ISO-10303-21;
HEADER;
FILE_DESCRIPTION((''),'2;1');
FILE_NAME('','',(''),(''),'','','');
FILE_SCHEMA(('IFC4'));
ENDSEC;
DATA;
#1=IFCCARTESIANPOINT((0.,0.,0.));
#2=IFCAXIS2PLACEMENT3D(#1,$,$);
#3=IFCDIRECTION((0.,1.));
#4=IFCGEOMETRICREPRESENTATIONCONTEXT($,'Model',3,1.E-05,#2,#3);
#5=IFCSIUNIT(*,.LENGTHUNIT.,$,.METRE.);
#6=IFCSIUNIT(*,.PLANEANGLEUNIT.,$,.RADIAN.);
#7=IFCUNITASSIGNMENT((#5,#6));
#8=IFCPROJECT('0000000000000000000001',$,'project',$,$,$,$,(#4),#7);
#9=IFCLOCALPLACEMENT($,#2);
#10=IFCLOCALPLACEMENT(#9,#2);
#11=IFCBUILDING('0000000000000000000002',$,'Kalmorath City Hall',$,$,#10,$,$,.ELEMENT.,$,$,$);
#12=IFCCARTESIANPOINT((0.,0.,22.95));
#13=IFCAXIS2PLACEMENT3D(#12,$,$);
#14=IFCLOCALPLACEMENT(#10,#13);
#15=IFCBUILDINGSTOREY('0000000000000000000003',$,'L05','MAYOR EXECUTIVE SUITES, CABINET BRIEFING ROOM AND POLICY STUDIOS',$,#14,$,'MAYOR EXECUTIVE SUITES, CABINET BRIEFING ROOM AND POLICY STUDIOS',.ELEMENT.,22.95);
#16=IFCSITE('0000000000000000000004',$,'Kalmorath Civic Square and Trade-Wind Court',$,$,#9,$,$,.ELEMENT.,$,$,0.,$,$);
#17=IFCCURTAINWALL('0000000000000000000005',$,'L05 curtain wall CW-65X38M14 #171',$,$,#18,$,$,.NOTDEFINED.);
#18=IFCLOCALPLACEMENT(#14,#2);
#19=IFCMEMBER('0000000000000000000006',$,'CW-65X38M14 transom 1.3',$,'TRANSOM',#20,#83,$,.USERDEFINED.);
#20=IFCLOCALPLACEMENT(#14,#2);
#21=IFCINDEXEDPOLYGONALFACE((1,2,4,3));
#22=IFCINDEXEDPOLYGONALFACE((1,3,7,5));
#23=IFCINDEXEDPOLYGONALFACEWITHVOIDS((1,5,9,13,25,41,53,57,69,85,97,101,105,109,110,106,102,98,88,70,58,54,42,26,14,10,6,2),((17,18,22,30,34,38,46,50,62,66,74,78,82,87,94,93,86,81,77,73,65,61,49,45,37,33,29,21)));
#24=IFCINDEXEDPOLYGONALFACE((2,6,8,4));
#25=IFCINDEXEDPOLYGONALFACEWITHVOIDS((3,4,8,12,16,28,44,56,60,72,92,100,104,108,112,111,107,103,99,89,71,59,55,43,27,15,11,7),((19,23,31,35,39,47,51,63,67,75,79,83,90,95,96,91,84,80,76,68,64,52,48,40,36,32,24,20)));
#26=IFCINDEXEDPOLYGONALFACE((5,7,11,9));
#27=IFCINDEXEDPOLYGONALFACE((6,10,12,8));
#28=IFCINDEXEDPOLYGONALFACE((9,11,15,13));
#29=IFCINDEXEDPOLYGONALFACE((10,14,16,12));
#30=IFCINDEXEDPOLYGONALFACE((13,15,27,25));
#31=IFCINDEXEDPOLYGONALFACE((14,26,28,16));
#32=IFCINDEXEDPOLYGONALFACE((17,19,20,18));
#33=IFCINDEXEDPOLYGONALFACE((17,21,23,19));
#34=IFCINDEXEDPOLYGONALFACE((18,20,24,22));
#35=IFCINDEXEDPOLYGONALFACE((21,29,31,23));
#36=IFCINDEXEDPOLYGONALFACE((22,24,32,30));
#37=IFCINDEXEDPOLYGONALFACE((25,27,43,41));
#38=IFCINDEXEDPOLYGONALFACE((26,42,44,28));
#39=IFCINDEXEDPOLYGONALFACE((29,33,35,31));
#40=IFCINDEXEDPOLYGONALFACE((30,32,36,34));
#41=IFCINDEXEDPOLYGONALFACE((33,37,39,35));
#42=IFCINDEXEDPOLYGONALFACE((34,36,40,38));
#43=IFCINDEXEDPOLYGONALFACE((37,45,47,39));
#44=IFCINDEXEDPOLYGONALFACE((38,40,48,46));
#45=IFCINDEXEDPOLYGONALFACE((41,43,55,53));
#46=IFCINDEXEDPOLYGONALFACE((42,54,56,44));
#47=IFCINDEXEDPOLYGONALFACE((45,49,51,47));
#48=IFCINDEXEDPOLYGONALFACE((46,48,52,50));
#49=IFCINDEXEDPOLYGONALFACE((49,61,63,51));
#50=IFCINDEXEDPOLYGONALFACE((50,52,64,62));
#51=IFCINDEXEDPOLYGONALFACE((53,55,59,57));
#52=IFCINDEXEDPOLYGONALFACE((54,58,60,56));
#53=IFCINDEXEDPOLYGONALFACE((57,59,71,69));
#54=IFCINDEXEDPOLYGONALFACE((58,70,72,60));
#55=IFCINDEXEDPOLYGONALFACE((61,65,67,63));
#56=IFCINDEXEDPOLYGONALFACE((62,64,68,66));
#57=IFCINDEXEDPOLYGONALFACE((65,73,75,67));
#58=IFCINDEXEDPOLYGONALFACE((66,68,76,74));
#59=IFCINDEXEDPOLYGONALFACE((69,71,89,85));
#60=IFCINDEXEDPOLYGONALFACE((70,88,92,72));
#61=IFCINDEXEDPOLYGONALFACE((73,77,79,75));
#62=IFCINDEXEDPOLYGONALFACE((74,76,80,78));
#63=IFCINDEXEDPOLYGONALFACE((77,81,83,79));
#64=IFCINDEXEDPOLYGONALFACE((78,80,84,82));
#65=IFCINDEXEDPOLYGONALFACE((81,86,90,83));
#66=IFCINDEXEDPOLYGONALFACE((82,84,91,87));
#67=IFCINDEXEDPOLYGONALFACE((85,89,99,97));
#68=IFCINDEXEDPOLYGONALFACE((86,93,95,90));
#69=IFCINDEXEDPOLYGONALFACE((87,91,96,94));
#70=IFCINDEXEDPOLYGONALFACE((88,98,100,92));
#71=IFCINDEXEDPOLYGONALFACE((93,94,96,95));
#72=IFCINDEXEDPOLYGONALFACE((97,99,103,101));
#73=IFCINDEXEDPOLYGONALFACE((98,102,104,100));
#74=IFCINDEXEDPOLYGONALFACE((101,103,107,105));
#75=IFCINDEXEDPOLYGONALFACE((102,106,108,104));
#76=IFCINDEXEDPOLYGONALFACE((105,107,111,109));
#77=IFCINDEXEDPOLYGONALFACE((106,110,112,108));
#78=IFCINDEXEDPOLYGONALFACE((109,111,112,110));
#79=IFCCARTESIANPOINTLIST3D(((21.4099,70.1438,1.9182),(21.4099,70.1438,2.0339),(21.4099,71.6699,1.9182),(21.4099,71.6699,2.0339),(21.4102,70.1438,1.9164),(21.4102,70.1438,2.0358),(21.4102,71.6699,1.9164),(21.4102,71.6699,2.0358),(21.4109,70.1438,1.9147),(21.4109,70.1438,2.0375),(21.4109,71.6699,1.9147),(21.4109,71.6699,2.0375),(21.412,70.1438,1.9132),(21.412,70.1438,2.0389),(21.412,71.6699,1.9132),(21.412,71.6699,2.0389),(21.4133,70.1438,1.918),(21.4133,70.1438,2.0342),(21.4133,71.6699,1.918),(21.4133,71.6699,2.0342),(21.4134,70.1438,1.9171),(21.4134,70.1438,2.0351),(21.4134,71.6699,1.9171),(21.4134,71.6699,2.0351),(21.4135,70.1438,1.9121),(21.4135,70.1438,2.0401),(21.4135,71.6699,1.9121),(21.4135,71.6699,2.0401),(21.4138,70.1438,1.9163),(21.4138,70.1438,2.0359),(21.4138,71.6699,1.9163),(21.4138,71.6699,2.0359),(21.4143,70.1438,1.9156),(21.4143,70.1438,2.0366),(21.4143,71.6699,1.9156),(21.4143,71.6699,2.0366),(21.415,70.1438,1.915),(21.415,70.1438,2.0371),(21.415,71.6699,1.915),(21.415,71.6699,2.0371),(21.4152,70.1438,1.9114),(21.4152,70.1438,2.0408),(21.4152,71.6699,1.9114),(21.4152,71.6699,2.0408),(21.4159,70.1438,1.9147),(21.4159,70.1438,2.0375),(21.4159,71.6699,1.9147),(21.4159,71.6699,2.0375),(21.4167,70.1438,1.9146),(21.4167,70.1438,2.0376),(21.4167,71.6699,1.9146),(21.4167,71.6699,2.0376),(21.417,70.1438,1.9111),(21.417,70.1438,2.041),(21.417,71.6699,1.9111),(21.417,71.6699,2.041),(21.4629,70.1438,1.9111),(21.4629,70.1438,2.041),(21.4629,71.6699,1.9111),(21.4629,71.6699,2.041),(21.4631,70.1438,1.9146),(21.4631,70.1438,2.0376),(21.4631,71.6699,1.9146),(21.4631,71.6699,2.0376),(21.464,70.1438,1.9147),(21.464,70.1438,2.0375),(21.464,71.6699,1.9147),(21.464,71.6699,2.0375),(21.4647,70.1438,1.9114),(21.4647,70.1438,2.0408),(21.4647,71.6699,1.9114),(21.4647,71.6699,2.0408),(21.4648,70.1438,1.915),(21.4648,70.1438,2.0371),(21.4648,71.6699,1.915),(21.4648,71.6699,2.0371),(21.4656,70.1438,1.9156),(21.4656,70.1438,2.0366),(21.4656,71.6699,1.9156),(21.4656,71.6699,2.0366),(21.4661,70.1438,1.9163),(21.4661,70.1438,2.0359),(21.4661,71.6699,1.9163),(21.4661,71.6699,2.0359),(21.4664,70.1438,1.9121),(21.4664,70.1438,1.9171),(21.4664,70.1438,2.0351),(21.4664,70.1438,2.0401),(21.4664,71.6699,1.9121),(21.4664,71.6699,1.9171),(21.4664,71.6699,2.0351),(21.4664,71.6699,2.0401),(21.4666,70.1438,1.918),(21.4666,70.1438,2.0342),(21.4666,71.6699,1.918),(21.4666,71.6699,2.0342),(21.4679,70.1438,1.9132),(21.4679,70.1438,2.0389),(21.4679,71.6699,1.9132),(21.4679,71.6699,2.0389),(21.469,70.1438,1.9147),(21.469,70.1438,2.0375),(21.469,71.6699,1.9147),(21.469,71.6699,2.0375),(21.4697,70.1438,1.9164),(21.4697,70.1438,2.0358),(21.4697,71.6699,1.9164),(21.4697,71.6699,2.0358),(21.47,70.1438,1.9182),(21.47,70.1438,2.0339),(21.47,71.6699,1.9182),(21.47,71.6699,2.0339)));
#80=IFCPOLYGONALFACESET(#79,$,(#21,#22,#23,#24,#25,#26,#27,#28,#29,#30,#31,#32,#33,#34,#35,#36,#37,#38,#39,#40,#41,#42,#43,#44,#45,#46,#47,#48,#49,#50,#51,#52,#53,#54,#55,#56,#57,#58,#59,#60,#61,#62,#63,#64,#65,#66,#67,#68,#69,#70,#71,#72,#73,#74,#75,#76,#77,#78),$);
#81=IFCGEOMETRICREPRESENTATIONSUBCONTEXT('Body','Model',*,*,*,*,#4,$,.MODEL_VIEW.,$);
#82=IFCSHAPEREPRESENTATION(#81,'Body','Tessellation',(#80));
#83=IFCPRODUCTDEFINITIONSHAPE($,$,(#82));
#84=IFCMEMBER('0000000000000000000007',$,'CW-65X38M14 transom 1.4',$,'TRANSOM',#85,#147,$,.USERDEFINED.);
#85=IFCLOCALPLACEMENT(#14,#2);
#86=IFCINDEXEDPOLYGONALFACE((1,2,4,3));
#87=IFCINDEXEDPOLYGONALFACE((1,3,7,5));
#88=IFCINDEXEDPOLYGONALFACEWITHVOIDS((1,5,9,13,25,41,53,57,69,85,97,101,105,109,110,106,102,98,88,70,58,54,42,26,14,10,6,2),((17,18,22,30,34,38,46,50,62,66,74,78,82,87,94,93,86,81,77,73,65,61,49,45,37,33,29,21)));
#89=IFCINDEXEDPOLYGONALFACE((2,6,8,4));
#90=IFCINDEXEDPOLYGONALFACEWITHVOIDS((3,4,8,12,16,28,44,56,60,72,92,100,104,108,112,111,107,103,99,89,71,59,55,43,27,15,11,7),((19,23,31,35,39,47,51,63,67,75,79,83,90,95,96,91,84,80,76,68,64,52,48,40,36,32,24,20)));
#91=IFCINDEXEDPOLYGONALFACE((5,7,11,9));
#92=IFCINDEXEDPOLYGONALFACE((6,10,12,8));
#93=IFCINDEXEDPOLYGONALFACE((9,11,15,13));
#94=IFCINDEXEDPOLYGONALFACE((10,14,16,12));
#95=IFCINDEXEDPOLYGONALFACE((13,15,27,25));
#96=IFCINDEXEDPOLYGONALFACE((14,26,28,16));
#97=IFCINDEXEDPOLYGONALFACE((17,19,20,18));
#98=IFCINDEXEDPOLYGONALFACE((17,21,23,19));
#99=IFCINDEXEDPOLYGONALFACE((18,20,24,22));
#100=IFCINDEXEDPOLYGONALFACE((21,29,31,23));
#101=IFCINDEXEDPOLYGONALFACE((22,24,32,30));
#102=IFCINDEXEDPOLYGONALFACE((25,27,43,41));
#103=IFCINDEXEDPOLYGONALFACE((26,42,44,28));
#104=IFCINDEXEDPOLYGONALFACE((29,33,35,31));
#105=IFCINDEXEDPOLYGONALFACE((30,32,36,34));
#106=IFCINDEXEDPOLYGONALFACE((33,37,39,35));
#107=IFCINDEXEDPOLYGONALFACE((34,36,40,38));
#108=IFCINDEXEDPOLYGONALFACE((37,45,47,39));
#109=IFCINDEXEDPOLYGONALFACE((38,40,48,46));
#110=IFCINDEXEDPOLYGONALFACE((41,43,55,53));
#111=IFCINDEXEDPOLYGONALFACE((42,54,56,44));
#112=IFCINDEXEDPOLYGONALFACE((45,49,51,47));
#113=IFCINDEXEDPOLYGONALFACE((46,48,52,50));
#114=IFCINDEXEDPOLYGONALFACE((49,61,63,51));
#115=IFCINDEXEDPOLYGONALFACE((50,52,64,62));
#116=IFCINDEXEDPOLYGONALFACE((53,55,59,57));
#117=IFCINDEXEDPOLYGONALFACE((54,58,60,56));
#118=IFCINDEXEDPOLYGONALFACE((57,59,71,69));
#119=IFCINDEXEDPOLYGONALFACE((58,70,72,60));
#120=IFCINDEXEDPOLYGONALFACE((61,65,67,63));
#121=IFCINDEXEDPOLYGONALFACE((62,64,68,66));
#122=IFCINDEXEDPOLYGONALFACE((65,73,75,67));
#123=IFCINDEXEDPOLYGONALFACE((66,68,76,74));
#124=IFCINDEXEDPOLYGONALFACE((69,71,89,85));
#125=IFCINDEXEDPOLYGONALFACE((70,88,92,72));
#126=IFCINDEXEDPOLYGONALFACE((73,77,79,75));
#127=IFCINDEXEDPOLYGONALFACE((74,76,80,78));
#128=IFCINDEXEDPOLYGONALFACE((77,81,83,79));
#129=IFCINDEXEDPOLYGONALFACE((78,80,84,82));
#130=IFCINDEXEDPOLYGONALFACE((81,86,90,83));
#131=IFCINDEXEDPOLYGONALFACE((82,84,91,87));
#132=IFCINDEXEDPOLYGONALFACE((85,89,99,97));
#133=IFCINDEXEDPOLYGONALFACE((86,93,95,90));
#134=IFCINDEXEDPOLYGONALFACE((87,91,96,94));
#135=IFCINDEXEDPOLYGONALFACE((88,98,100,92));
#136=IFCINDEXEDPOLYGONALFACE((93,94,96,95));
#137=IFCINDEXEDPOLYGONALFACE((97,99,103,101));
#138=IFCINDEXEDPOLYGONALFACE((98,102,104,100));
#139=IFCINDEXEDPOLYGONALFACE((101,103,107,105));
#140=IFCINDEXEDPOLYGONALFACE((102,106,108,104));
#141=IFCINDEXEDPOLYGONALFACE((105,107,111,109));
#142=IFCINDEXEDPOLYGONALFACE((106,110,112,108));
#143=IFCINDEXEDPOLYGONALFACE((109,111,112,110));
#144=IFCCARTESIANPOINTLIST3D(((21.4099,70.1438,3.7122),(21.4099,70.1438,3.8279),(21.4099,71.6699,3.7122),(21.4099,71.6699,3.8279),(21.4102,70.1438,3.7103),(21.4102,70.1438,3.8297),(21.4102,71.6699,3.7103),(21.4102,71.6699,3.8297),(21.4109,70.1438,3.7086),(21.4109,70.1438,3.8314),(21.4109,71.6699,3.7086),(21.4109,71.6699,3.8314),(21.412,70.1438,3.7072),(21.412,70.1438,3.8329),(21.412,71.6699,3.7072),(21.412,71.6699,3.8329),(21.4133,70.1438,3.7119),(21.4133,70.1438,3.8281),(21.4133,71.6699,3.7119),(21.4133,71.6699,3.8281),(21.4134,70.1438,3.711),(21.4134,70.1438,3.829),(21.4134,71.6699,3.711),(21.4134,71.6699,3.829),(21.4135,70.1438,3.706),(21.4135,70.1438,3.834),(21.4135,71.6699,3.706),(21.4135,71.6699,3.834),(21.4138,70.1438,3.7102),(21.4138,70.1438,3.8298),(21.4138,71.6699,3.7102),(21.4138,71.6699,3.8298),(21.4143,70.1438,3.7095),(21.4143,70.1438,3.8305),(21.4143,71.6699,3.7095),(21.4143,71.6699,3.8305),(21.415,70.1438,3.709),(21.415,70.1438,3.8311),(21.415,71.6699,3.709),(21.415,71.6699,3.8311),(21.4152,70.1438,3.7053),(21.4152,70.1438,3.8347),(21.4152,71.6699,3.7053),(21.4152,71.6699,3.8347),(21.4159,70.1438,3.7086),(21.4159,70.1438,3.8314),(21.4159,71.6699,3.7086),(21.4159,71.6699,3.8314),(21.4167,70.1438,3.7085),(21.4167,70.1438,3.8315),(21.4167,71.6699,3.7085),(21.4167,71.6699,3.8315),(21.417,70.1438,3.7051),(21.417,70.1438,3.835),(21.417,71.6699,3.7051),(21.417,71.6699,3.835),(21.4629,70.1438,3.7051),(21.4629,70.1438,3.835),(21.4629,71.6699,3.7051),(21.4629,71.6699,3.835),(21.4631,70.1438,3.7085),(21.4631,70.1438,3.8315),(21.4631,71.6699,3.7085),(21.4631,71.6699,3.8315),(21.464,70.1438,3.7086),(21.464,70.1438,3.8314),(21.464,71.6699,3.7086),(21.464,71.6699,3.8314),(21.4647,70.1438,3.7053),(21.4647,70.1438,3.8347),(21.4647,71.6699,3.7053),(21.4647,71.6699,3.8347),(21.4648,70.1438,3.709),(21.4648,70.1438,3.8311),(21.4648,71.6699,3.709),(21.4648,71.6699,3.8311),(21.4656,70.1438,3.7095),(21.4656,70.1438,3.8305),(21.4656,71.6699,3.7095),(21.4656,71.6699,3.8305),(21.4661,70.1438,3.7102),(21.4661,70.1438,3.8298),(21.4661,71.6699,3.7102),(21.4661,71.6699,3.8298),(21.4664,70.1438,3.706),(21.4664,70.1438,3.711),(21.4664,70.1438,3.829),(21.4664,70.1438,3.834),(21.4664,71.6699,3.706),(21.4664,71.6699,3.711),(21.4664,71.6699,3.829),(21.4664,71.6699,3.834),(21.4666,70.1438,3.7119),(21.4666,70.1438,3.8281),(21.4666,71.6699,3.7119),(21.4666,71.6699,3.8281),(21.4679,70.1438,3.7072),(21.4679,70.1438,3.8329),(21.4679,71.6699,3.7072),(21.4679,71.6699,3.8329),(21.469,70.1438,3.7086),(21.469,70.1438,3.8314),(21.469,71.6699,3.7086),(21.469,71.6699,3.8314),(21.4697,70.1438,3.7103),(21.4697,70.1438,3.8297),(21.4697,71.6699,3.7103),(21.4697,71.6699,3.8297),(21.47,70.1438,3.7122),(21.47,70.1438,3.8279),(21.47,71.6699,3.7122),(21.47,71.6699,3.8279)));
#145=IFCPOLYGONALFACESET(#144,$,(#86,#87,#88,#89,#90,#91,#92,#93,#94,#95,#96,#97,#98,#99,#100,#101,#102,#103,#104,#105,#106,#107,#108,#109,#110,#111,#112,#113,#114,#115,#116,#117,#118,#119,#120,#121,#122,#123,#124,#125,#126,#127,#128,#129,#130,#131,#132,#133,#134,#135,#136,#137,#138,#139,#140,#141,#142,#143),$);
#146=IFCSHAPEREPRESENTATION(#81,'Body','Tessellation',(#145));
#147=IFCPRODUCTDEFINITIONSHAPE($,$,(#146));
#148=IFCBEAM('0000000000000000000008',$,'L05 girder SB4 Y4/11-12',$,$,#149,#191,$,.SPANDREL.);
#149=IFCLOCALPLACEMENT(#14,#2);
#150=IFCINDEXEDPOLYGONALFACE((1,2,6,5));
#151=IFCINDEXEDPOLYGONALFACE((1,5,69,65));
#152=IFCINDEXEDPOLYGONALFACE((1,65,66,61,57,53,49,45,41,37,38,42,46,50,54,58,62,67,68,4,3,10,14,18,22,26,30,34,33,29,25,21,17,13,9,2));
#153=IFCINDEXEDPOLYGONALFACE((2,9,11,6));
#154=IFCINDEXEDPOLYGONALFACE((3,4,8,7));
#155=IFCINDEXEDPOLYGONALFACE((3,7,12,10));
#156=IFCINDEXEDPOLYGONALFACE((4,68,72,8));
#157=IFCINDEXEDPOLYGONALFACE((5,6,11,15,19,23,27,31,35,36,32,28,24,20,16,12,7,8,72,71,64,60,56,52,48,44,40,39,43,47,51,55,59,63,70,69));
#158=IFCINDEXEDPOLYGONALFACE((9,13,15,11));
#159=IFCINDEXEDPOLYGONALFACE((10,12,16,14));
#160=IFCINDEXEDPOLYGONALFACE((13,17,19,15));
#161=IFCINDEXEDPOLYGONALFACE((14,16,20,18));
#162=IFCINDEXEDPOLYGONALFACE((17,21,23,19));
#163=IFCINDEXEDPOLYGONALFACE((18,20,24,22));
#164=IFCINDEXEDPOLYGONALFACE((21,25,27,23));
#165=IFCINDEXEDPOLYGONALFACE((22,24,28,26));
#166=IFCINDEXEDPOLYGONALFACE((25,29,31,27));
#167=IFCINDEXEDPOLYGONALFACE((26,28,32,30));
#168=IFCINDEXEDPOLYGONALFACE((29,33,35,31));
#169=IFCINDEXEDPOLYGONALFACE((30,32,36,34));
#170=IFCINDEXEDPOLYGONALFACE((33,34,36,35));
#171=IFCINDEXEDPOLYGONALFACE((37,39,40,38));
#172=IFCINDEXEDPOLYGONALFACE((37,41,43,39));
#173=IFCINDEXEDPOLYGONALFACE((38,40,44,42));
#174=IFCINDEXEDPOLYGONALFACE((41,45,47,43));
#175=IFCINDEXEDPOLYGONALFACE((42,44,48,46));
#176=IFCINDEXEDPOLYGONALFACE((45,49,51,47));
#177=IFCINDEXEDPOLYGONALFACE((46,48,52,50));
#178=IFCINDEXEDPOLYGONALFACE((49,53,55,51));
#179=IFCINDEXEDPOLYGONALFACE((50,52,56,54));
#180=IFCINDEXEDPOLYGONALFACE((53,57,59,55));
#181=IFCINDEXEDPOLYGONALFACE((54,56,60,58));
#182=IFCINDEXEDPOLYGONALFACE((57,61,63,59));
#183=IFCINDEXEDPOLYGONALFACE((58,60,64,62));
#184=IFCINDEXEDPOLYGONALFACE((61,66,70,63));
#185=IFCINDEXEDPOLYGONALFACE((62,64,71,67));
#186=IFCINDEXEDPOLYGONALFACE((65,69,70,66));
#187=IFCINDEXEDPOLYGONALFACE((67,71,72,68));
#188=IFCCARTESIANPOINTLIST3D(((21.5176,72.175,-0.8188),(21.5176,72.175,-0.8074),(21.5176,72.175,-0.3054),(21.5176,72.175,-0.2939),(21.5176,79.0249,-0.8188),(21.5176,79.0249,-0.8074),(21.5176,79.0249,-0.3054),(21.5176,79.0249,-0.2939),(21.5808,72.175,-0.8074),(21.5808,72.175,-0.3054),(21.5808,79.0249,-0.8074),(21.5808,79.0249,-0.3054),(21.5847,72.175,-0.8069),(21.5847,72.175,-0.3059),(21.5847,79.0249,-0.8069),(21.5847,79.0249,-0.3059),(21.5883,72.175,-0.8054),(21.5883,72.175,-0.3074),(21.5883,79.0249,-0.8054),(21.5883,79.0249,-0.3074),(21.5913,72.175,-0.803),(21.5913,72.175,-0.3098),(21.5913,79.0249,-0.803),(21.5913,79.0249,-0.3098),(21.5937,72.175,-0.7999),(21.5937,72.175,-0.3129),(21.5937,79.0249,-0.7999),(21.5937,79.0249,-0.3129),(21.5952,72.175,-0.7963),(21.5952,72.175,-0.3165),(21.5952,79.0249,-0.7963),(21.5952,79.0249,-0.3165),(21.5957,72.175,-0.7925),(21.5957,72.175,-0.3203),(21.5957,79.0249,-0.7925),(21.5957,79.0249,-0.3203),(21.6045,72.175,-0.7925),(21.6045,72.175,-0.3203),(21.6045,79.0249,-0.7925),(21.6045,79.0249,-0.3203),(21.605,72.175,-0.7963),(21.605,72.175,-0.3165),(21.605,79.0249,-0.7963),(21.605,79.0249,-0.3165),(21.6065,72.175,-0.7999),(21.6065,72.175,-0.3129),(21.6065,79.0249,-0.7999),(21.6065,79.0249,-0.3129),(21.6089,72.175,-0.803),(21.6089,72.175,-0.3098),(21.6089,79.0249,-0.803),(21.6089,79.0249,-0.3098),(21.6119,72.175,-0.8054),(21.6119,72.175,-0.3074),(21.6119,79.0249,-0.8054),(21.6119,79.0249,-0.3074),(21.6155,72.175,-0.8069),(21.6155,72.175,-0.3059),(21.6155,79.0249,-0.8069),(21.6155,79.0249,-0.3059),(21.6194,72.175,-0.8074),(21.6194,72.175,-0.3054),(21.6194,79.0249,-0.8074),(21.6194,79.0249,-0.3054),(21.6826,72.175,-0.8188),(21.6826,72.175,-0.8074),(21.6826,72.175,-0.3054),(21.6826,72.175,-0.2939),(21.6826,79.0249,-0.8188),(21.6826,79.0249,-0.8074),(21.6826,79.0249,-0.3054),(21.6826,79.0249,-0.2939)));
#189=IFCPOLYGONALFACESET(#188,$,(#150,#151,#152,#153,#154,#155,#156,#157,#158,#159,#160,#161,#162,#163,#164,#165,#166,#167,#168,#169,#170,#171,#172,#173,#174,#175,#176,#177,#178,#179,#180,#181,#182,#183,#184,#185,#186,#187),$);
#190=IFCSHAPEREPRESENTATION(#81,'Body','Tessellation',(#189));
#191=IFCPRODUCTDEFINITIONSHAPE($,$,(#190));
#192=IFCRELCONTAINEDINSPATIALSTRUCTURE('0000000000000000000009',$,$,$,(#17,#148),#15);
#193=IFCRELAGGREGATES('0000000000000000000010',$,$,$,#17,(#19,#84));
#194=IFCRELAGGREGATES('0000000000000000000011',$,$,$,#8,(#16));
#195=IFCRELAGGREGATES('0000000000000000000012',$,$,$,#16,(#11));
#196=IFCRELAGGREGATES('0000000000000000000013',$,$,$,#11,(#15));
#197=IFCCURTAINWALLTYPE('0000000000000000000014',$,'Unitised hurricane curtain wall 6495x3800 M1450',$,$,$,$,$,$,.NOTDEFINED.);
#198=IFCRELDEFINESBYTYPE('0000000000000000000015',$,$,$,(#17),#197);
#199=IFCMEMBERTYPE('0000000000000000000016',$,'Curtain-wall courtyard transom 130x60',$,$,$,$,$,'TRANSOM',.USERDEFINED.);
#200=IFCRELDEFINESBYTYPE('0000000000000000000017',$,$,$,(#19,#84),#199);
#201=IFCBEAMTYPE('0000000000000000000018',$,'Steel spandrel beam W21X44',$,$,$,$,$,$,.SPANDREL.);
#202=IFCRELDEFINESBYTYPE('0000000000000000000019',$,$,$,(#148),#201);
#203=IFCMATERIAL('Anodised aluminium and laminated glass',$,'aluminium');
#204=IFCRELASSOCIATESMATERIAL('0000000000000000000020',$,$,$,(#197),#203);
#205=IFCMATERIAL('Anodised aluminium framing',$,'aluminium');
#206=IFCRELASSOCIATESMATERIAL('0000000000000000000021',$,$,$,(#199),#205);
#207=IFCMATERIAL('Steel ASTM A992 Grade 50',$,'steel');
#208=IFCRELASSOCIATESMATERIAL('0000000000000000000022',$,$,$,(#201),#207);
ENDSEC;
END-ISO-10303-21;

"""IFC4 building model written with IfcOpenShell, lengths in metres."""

from ifc_helpers import new_model, si_unit, direction, frame, origin, origin_2d, place, context, subcontext, project, spatial, hollow_rectangle, i_section, extrude, material, material_profile, profile_set, type_object, element, aggregate, save


model = new_model("IFC4")

# Units and contexts
model_context = context("Model", 3, precision=1e-05, world=origin(), true_north=direction((0.0, 1.0)))
body_context = subcontext(model_context, "Body", "Model", "MODEL_VIEW")
ifc_project = project(units=[si_unit("LENGTHUNIT", "METRE"), si_unit("PLANEANGLEUNIT", "RADIAN")], contexts=[model_context])

# Site, building, storey
site_placement = place(None, origin())
site = spatial("IfcSite", under=ifc_project, at=site_placement, Name="Kalmorath Civic Square and Trade-Wind Court", CompositionType="ELEMENT", RefElevation=0.0)
building_placement = place(site_placement, origin())
building = spatial("IfcBuilding", under=site, at=building_placement, Name="Kalmorath City Hall", CompositionType="ELEMENT")
storey_placement = place(building_placement, frame((0.0, 0.0, 22.95)))
storey = spatial("IfcBuildingStorey", under=building, at=storey_placement, Name="L05", Description="MAYOR EXECUTIVE SUITES, CABINET BRIEFING ROOM AND POLICY STUDIOS", LongName="MAYOR EXECUTIVE SUITES, CABINET BRIEFING ROOM AND POLICY STUDIOS", CompositionType="ELEMENT", Elevation=22.95)

# Curtain wall
ifc_material_1 = material(Name="Anodised aluminium and laminated glass", Category="aluminium")
curtain_wall_type_1 = type_object("IfcCurtainWallType", Name="Unitised hurricane curtain wall 6495x3800 M1450", PredefinedType="NOTDEFINED", material=ifc_material_1)
curtain_wall_1_placement = place(storey_placement, origin())
curtain_wall_1 = element("IfcCurtainWall", 1, at=curtain_wall_1_placement, inside=storey, type_object=curtain_wall_type_1, Name="L05 curtain wall CW-65X38M14 #171", PredefinedType="NOTDEFINED")

# Members
ifc_material_2 = material(Name="Anodised aluminium framing", Category="aluminium")
ifc_material_profile_1 = material_profile(ifc_material_2, hollow_rectangle(XDim=0.0601, YDim=0.1299, WallThickness=0.0034, InnerFilletRadius=0.0034, OuterFilletRadius=0.0071, at=origin_2d()), Name="ALU-TRN-130X60X3.5")
ifc_profile_set_1 = profile_set([ifc_material_profile_1], Name="Anodised aluminium framing")
member_type_1 = type_object("IfcMemberType", Name="Curtain-wall courtyard transom 130x60", ElementType="TRANSOM", PredefinedType="USERDEFINED", material=ifc_profile_set_1)
member_1_placement = place(storey_placement, frame((21.4399, 71.6699, 1.9761), z_axis=(0.0, -1.0, 0.0), x_axis=(1.0, 0.0, 0.0)))
member_1 = element("IfcMember", 2, at=member_1_placement, type_object=member_type_1, Name="CW-65X38M14 transom 1.3", ObjectType="TRANSOM", PredefinedType="USERDEFINED", context=body_context, shape_type="SweptSolid", body=[
    extrude(hollow_rectangle(XDim=0.0601, YDim=0.1299, WallThickness=0.0034, InnerFilletRadius=0.0034, OuterFilletRadius=0.0071, at=origin_2d()), origin(), (0.0, 0.0, 1.0), 1.5261),
])
member_2_placement = place(storey_placement, frame((21.4399, 71.6699, 3.77), z_axis=(0.0, -1.0, 0.0), x_axis=(1.0, 0.0, 0.0)))
member_2 = element("IfcMember", 3, at=member_2_placement, type_object=member_type_1, Name="CW-65X38M14 transom 1.4", ObjectType="TRANSOM", PredefinedType="USERDEFINED", context=body_context, shape_type="SweptSolid", body=[
    extrude(hollow_rectangle(XDim=0.0601, YDim=0.1299, WallThickness=0.0034, InnerFilletRadius=0.0034, OuterFilletRadius=0.0071, at=origin_2d()), origin(), (0.0, 0.0, 1.0), 1.5261),
])
aggregate(curtain_wall_1, [member_1, member_2])

# Beam
ifc_material_3 = material(Name="Steel ASTM A992 Grade 50", Category="steel")
ifc_material_profile_2 = material_profile(ifc_material_3, i_section(OverallWidth=0.165, OverallDepth=0.5249, WebThickness=0.0088, FlangeThickness=0.0115, FilletRadius=0.0149, at=origin_2d()), Name="W21X44")
ifc_profile_set_2 = profile_set([ifc_material_profile_2], Name="Steel ASTM A992 Grade 50")
beam_type = type_object("IfcBeamType", Name="Steel spandrel beam W21X44", PredefinedType="SPANDREL", material=ifc_profile_set_2)
beam_1_placement = place(storey_placement, frame((21.6001, 72.175, -0.5564), z_axis=(0.0, 1.0, 0.0), x_axis=(-1.0, 0.0, 0.0)))
element("IfcBeam", 4, at=beam_1_placement, inside=storey, type_object=beam_type, Name="L05 girder SB4 Y4/11-12", PredefinedType="SPANDREL", context=body_context, shape_type="SweptSolid", body=[
    extrude(i_section(OverallWidth=0.165, OverallDepth=0.5249, WebThickness=0.0088, FlangeThickness=0.0115, FilletRadius=0.0149, at=origin_2d()), origin(), (0.0, 0.0, 1.0), 6.8499),
])

save(model, "model.ifc")
